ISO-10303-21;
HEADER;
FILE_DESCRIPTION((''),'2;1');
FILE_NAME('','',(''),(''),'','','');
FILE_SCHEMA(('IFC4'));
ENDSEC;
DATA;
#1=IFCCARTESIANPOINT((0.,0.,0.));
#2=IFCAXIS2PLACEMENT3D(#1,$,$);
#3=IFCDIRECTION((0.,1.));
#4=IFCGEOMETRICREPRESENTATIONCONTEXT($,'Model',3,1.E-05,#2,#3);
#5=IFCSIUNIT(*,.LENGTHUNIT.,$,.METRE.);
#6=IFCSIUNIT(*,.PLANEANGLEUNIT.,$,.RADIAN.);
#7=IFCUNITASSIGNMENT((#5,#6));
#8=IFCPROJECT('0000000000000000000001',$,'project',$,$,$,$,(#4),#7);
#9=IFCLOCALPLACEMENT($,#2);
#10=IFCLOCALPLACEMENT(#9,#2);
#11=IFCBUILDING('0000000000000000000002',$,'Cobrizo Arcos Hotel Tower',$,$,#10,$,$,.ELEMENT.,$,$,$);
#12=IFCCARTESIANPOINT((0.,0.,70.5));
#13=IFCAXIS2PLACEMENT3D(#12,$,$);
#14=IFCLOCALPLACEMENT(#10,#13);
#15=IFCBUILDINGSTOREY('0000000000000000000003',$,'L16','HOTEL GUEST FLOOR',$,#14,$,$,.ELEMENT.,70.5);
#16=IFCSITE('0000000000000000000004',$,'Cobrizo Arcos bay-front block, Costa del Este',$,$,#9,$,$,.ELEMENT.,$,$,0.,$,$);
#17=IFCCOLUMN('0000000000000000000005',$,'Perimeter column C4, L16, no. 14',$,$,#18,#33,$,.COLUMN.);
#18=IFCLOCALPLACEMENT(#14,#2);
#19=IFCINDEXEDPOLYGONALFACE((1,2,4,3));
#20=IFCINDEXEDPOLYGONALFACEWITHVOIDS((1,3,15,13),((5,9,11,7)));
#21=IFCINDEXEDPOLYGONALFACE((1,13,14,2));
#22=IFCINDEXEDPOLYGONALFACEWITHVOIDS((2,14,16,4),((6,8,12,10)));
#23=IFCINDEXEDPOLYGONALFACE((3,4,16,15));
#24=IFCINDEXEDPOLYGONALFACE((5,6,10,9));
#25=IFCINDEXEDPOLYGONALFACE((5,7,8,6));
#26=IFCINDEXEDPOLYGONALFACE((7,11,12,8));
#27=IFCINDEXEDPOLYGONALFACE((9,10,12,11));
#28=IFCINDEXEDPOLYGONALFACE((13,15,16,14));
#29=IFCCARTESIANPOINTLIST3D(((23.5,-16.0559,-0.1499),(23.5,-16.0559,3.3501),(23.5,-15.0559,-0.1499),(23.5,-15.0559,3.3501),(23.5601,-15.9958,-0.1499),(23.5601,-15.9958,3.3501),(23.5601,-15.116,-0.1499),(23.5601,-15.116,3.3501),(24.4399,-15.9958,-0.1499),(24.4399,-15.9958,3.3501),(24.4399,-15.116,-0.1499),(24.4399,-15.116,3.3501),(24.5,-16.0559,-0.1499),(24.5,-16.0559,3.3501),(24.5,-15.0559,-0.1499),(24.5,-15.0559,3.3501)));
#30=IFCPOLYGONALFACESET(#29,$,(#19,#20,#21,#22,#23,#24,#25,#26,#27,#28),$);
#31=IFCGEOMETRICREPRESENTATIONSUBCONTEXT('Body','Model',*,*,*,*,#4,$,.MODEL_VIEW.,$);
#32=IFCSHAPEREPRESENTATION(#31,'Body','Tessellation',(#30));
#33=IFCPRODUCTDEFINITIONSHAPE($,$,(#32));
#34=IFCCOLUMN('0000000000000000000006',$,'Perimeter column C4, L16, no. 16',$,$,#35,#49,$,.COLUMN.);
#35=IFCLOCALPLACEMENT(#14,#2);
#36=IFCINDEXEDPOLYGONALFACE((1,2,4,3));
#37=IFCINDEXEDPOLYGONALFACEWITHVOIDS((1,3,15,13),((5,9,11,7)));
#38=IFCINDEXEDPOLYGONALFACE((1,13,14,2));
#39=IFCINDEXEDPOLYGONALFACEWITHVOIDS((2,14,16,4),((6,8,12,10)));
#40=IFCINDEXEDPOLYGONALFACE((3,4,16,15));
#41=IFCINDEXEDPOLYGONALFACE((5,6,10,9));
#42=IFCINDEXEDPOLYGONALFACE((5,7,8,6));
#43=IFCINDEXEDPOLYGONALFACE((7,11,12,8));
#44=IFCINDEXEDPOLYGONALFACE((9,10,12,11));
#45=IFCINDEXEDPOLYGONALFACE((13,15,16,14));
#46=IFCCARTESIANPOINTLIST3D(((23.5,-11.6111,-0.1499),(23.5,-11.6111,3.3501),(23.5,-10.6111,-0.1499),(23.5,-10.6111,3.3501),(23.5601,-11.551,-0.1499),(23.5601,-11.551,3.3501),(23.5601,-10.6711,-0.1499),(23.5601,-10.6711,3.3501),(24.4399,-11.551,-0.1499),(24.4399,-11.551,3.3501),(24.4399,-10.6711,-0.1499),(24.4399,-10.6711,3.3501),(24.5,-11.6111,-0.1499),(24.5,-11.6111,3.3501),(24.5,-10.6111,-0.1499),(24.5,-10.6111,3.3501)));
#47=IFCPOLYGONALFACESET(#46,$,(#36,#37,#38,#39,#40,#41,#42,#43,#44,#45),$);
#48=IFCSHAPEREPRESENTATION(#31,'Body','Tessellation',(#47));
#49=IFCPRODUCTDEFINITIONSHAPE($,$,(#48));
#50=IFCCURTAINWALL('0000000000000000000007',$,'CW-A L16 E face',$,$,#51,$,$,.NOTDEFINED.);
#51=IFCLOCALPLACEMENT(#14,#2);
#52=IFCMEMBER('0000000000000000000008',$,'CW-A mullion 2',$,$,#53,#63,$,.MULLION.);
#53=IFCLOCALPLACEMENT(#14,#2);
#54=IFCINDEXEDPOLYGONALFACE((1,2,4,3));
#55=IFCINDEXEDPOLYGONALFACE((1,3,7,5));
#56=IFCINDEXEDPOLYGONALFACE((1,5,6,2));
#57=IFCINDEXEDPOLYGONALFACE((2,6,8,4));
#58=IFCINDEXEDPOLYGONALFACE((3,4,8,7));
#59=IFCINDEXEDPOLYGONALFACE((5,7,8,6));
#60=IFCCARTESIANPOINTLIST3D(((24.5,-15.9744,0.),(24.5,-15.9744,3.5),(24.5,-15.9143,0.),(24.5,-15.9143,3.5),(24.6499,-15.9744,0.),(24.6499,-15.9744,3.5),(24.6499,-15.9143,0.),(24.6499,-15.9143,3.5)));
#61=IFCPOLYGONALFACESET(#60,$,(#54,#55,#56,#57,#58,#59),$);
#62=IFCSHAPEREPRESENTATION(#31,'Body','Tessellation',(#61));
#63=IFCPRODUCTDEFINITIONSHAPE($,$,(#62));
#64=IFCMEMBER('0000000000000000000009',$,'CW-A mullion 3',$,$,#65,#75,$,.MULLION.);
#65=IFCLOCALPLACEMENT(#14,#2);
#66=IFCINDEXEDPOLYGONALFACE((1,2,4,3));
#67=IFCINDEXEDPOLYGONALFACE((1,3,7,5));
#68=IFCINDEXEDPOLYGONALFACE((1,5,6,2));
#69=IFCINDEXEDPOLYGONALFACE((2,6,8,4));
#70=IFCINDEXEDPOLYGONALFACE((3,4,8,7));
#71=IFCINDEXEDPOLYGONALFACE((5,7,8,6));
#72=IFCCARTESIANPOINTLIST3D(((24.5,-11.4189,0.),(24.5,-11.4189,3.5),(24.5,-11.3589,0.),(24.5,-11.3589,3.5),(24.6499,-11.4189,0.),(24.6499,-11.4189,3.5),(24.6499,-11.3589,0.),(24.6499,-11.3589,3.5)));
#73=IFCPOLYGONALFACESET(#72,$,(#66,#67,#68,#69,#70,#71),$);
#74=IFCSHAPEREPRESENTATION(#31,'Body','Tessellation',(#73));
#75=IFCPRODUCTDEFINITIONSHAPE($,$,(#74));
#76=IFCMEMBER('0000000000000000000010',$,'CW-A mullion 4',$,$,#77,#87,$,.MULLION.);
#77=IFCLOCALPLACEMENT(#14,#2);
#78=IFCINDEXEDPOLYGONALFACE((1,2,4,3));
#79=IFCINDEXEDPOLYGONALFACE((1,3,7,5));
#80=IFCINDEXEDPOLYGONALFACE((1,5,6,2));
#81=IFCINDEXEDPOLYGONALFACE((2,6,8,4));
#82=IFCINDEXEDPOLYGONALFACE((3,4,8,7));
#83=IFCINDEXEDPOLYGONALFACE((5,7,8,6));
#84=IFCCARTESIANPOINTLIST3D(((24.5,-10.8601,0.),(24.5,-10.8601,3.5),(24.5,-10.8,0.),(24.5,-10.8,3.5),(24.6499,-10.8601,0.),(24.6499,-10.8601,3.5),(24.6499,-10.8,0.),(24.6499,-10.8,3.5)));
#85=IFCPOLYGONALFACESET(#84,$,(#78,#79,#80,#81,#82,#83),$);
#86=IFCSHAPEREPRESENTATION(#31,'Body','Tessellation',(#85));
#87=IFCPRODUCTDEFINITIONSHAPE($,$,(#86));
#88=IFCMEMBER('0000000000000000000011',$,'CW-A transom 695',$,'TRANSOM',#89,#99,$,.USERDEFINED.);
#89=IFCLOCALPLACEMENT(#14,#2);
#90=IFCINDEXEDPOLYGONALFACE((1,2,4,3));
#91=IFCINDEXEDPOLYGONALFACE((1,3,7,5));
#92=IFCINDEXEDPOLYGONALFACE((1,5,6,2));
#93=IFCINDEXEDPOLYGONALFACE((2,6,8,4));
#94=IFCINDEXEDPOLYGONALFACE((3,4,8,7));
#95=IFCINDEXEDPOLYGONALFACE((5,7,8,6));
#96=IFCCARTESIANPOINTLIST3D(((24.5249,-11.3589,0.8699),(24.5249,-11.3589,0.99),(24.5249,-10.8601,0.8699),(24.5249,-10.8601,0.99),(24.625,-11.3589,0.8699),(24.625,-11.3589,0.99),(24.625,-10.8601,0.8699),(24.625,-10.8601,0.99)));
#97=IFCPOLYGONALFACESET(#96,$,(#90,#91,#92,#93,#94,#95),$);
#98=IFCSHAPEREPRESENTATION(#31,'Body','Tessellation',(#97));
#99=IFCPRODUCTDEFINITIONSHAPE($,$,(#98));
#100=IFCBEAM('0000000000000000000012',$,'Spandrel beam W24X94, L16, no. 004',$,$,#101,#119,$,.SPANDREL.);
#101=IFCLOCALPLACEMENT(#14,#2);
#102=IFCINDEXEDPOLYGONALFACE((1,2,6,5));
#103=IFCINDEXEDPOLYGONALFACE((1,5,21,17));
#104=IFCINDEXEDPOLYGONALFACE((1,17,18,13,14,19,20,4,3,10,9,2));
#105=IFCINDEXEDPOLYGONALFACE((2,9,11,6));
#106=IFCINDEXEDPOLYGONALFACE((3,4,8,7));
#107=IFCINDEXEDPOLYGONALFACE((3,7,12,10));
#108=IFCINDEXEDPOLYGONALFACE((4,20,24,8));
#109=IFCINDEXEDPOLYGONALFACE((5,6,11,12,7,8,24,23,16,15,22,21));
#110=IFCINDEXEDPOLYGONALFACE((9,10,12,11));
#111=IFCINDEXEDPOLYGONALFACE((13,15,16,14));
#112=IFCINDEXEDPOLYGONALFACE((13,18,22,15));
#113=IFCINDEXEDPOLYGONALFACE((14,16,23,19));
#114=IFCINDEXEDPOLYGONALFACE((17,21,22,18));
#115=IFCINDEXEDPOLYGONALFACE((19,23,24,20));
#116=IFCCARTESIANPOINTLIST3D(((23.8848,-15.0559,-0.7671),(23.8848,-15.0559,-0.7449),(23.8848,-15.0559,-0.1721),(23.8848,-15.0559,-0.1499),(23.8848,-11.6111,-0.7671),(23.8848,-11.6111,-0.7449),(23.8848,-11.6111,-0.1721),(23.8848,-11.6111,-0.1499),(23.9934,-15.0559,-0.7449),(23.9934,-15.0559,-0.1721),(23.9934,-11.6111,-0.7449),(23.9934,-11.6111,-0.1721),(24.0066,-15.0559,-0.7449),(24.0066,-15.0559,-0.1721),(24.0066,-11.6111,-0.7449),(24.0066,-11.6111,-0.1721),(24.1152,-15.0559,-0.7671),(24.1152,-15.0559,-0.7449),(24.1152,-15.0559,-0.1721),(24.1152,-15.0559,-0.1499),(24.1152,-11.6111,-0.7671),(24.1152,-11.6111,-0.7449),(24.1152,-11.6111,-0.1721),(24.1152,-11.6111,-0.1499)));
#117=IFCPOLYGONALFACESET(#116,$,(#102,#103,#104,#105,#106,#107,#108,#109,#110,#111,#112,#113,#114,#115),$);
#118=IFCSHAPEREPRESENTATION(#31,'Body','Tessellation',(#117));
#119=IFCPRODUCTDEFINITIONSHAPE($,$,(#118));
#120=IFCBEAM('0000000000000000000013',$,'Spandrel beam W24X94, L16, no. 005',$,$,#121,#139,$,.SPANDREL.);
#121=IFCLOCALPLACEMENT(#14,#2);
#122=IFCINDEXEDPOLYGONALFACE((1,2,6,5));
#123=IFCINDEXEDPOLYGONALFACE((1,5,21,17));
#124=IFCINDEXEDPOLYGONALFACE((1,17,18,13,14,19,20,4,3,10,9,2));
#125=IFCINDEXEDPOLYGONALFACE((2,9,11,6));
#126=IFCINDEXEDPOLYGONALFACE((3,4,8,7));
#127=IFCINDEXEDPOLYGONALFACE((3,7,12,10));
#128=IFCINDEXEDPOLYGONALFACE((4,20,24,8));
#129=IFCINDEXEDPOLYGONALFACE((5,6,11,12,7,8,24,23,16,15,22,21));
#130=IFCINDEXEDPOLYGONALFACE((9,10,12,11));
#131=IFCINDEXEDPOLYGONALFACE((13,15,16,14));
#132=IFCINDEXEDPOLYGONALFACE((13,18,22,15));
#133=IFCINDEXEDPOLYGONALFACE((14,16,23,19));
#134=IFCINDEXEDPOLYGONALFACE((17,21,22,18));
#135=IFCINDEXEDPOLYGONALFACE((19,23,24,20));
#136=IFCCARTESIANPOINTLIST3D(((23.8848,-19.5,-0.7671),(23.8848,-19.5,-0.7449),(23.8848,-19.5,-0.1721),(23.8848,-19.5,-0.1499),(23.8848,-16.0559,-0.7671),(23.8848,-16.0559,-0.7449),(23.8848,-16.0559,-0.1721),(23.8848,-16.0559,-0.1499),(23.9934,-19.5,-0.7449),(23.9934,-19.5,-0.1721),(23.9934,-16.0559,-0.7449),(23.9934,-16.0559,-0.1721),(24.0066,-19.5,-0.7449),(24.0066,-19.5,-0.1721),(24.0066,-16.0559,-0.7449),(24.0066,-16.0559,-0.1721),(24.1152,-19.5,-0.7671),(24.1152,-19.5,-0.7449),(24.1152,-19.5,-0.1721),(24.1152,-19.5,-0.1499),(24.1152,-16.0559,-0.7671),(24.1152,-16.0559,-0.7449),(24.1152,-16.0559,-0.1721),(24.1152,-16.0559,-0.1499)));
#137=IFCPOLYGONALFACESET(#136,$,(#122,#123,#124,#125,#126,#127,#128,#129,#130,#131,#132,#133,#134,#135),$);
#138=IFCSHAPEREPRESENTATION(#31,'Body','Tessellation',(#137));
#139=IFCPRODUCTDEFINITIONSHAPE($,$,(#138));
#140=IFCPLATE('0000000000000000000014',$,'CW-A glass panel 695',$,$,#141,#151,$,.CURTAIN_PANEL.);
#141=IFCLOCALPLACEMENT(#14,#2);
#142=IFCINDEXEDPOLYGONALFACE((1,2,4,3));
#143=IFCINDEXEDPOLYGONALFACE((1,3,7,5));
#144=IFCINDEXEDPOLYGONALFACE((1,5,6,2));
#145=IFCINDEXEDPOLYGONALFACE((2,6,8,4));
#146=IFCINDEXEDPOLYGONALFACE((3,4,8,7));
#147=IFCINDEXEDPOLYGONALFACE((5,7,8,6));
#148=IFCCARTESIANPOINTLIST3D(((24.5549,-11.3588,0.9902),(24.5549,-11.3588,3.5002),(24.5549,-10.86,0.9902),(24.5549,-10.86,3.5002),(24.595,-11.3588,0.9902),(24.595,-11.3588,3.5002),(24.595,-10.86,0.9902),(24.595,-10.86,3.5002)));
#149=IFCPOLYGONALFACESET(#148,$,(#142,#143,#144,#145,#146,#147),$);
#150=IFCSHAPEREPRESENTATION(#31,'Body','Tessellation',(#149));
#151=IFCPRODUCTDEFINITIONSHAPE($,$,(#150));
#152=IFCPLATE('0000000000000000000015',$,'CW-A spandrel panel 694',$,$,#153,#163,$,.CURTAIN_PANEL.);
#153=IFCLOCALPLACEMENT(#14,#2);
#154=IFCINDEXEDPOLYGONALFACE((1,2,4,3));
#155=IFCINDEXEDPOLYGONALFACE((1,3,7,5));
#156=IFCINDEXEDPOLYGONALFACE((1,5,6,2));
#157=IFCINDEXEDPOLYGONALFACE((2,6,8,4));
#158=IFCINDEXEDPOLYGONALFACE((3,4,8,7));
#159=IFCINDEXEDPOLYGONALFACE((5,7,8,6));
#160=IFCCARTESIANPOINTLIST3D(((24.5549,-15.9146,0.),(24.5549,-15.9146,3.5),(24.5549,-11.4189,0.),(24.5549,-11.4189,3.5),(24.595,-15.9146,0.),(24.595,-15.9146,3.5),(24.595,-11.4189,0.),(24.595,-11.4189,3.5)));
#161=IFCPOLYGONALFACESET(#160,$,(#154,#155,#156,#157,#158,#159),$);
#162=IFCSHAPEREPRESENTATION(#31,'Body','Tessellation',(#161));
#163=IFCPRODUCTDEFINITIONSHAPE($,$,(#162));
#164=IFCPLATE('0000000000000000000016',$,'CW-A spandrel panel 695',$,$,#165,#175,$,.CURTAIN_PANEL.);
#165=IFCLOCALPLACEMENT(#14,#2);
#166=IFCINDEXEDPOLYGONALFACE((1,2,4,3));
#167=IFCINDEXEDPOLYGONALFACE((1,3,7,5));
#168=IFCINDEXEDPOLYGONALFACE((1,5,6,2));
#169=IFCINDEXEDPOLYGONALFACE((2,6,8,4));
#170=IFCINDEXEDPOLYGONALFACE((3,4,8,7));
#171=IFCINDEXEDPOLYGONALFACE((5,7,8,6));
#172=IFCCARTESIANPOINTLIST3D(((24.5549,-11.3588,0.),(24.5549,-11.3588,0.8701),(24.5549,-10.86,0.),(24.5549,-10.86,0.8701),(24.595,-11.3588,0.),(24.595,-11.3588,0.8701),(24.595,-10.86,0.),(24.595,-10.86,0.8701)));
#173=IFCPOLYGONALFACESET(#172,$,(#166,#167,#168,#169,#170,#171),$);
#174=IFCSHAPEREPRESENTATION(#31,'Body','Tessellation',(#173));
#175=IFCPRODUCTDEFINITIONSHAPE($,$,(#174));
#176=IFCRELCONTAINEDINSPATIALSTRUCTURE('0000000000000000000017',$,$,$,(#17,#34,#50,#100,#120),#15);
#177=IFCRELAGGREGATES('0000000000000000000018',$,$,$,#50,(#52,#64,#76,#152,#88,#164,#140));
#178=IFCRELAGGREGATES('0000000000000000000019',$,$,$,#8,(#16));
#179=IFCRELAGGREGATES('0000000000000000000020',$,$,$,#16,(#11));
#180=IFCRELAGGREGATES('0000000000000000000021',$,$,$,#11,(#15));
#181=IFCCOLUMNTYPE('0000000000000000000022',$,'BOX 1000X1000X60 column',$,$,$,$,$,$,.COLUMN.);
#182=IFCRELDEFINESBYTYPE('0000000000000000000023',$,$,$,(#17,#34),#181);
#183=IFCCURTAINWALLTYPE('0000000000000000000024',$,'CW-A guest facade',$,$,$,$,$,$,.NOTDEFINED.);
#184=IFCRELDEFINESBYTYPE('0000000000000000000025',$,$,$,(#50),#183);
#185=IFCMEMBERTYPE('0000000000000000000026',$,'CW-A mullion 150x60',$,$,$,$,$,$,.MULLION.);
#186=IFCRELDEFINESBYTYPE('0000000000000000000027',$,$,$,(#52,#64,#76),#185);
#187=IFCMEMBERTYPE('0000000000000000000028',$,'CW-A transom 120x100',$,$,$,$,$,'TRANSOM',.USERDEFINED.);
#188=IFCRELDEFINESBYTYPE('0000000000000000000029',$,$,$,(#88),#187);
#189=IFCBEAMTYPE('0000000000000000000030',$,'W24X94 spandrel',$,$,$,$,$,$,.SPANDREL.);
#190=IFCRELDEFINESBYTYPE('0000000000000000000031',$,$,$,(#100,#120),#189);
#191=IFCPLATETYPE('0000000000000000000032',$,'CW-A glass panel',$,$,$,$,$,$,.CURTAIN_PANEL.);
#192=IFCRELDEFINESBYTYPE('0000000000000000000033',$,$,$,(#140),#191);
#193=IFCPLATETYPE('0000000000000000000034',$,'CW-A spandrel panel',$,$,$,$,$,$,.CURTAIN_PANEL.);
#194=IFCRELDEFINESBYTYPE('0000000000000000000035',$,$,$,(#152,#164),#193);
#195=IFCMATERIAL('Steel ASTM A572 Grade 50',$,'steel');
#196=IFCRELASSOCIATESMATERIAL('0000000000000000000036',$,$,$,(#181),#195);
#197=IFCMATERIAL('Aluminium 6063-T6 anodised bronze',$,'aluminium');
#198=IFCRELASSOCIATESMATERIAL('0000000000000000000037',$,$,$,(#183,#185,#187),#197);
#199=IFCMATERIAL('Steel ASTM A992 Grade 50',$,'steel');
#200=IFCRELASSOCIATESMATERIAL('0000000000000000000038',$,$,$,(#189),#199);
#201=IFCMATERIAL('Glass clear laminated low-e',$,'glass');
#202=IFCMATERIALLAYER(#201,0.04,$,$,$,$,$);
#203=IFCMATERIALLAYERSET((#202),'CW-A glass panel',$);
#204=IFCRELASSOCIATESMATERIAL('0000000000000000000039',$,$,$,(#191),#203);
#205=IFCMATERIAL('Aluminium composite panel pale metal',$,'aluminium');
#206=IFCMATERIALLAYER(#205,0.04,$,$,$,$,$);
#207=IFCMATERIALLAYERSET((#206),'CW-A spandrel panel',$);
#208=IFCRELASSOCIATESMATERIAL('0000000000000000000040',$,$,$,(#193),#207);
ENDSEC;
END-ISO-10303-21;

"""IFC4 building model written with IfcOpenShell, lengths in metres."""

from ifc_helpers import new_model, si_unit, direction, frame, origin, origin_2d, place, context, subcontext, project, spatial, rectangle, hollow_rectangle, i_section, extrude, material, layer, layer_set, material_profile, profile_set, type_object, element, aggregate, save


model = new_model("IFC4")

# Units and contexts
model_context = context("Model", 3, precision=1e-05, world=origin(), true_north=direction((0.0, 1.0)))
body_context = subcontext(model_context, "Body", "Model", "MODEL_VIEW")
ifc_project = project(units=[si_unit("LENGTHUNIT", "METRE"), si_unit("PLANEANGLEUNIT", "RADIAN")], contexts=[model_context])

# Site, building, storey
site_placement = place(None, origin())
site = spatial("IfcSite", under=ifc_project, at=site_placement, Name="Cobrizo Arcos bay-front block, Costa del Este", CompositionType="ELEMENT", RefElevation=0.0)
building_placement = place(site_placement, origin())
building = spatial("IfcBuilding", under=site, at=building_placement, Name="Cobrizo Arcos Hotel Tower", CompositionType="ELEMENT")
storey_placement = place(building_placement, frame((0.0, 0.0, 70.5)))
storey = spatial("IfcBuildingStorey", under=building, at=storey_placement, Name="L16", Description="HOTEL GUEST FLOOR", CompositionType="ELEMENT", Elevation=70.5)

# Columns
ifc_material_1 = material(Name="Steel ASTM A572 Grade 50", Category="steel")
ifc_material_profile_1 = material_profile(ifc_material_1, hollow_rectangle(XDim=1.0, YDim=1.0, WallThickness=0.0601, at=origin_2d()), Name="BOX 1000X1000X60")
ifc_profile_set_1 = profile_set([ifc_material_profile_1], Name="Steel ASTM A572 Grade 50")
column_type = type_object("IfcColumnType", Name="BOX 1000X1000X60 column", PredefinedType="COLUMN", material=ifc_profile_set_1)
for number, where, z_axis, x_axis, name in (
    (1, (24.0, -15.5559, -0.1499), (0.0, 0.0, 1.0), (1.0, 0.0, 0.0), "Perimeter column C4, L16, no. 14"),
    (2, (24.0, -11.1111, -0.1499), (0.0, 0.0, 1.0), (1.0, 0.0, 0.0), "Perimeter column C4, L16, no. 16"),
):
    element("IfcColumn", number, at=place(storey_placement, frame(where, z_axis=z_axis, x_axis=x_axis)), inside=storey, type_object=column_type, Name=name, PredefinedType="COLUMN", context=body_context, shape_type="SweptSolid", body=[
        extrude(hollow_rectangle(XDim=1.0, YDim=1.0, WallThickness=0.0601, at=origin_2d()), origin(), (0.0, 0.0, 1.0), 3.5),
    ])

# Curtain wall, members
ifc_material_2 = material(Name="Aluminium 6063-T6 anodised bronze", Category="aluminium")
curtain_wall_type = type_object("IfcCurtainWallType", Name="CW-A guest facade", PredefinedType="NOTDEFINED", material=ifc_material_2)
curtain_wall_placement = place(storey_placement, origin())
curtain_wall = element("IfcCurtainWall", 3, at=curtain_wall_placement, inside=storey, type_object=curtain_wall_type, Name="CW-A L16 E face", PredefinedType="NOTDEFINED")
ifc_material_profile_2 = material_profile(ifc_material_2, rectangle(XDim=0.1499, YDim=0.0601, at=origin_2d()), Name="CW-A mullion 150x60")
ifc_profile_set_2 = profile_set([ifc_material_profile_2], Name="Aluminium 6063-T6 anodised bronze")
member_type_1 = type_object("IfcMemberType", Name="CW-A mullion 150x60", PredefinedType="MULLION", material=ifc_profile_set_2)
member_1_placement = place(storey_placement, frame((24.575, -15.9443, 0.0), z_axis=(0.0, 0.0, 1.0), x_axis=(1.0, 0.0, 0.0)))
member_1 = element("IfcMember", 4, at=member_1_placement, type_object=member_type_1, Name="CW-A mullion 2", PredefinedType="MULLION", context=body_context, shape_type="SweptSolid", body=[
    extrude(rectangle(XDim=0.1499, YDim=0.0601, at=origin_2d()), origin(), (0.0, 0.0, 1.0), 3.5),
])
member_2_placement = place(storey_placement, frame((24.575, -11.3889, 0.0), z_axis=(0.0, 0.0, 1.0), x_axis=(1.0, 0.0, 0.0)))
member_2 = element("IfcMember", 5, at=member_2_placement, type_object=member_type_1, Name="CW-A mullion 3", PredefinedType="MULLION", context=body_context, shape_type="SweptSolid", body=[
    extrude(rectangle(XDim=0.1499, YDim=0.0601, at=origin_2d()), origin(), (0.0, 0.0, 1.0), 3.5),
])
member_3_placement = place(storey_placement, frame((24.575, -10.8301, 0.0), z_axis=(0.0, 0.0, 1.0), x_axis=(1.0, 0.0, 0.0)))
member_3 = element("IfcMember", 6, at=member_3_placement, type_object=member_type_1, Name="CW-A mullion 4", PredefinedType="MULLION", context=body_context, shape_type="SweptSolid", body=[
    extrude(rectangle(XDim=0.1499, YDim=0.0601, at=origin_2d()), origin(), (0.0, 0.0, 1.0), 3.5),
])
ifc_material_profile_3 = material_profile(ifc_material_2, rectangle(XDim=0.1001, YDim=0.1201, at=origin_2d()), Name="CW-A transom 120x100")
ifc_profile_set_3 = profile_set([ifc_material_profile_3], Name="Aluminium 6063-T6 anodised bronze")
member_type_2 = type_object("IfcMemberType", Name="CW-A transom 120x100", ElementType="TRANSOM", PredefinedType="USERDEFINED", material=ifc_profile_set_3)
member_4_placement = place(storey_placement, frame((24.575, -11.3589, 0.9299), z_axis=(0.0, 1.0, 0.0), x_axis=(-1.0, 0.0, 0.0)))
member_4 = element("IfcMember", 7, at=member_4_placement, type_object=member_type_2, Name="CW-A transom 695", ObjectType="TRANSOM", PredefinedType="USERDEFINED", context=body_context, shape_type="SweptSolid", body=[
    extrude(rectangle(XDim=0.1001, YDim=0.1201, at=origin_2d()), origin(), (0.0, 0.0, 1.0), 0.4988),
])

# Beams
ifc_material_3 = material(Name="Steel ASTM A992 Grade 50", Category="steel")
ifc_material_profile_4 = material_profile(ifc_material_3, i_section(OverallWidth=0.2305, OverallDepth=0.6172, WebThickness=0.0132, FlangeThickness=0.0222, at=origin_2d()), Name="W24X94")
ifc_profile_set_4 = profile_set([ifc_material_profile_4], Name="Steel ASTM A992 Grade 50")
beam_type = type_object("IfcBeamType", Name="W24X94 spandrel", PredefinedType="SPANDREL", material=ifc_profile_set_4)
beam_1_placement = place(storey_placement, frame((24.0, -11.6111, -0.4585), z_axis=(0.0, -1.0, 0.0), x_axis=(1.0, 0.0, 0.0)))
element("IfcBeam", 8, at=beam_1_placement, inside=storey, type_object=beam_type, Name="Spandrel beam W24X94, L16, no. 004", PredefinedType="SPANDREL", context=body_context, shape_type="SweptSolid", body=[
    extrude(i_section(OverallWidth=0.2305, OverallDepth=0.6172, WebThickness=0.0132, FlangeThickness=0.0222, at=origin_2d()), origin(), (0.0, 0.0, 1.0), 3.4448),
])
beam_2_placement = place(storey_placement, frame((24.0, -16.0559, -0.4585), z_axis=(0.0, -1.0, 0.0), x_axis=(1.0, 0.0, 0.0)))
element("IfcBeam", 9, at=beam_2_placement, inside=storey, type_object=beam_type, Name="Spandrel beam W24X94, L16, no. 005", PredefinedType="SPANDREL", context=body_context, shape_type="SweptSolid", body=[
    extrude(i_section(OverallWidth=0.2305, OverallDepth=0.6172, WebThickness=0.0132, FlangeThickness=0.0222, at=origin_2d()), origin(), (0.0, 0.0, 1.0), 3.4441),
])

# Plates
ifc_material_4 = material(Name="Glass clear laminated low-e", Category="glass")
ifc_layer_1 = layer(ifc_material_4, 0.04)
ifc_layer_set_1 = layer_set([ifc_layer_1], Name="CW-A glass panel")
plate_type_1 = type_object("IfcPlateType", Name="CW-A glass panel", PredefinedType="CURTAIN_PANEL", material=ifc_layer_set_1)
plate_1_placement = place(storey_placement, frame((24.575, -11.1094, 0.9902), z_axis=(0.0, 0.0, 1.0), x_axis=(0.0, 1.0, 0.0)))
plate_1 = element("IfcPlate", 10, at=plate_1_placement, type_object=plate_type_1, Name="CW-A glass panel 695", PredefinedType="CURTAIN_PANEL", context=body_context, shape_type="SweptSolid", body=[
    extrude(rectangle(XDim=0.4988, YDim=0.04, at=origin_2d()), origin(), (0.0, 0.0, 1.0), 2.51),
])
ifc_material_5 = material(Name="Aluminium composite panel pale metal", Category="aluminium")
ifc_layer_2 = layer(ifc_material_5, 0.04)
ifc_layer_set_2 = layer_set([ifc_layer_2], Name="CW-A spandrel panel")
plate_type_2 = type_object("IfcPlateType", Name="CW-A spandrel panel", PredefinedType="CURTAIN_PANEL", material=ifc_layer_set_2)
plate_2_placement = place(storey_placement, frame((24.575, -13.6667, 0.0), z_axis=(0.0, 0.0, 1.0), x_axis=(0.0, 1.0, 0.0)))
plate_2 = element("IfcPlate", 11, at=plate_2_placement, type_object=plate_type_2, Name="CW-A spandrel panel 694", PredefinedType="CURTAIN_PANEL", context=body_context, shape_type="SweptSolid", body=[
    extrude(rectangle(XDim=4.4956, YDim=0.04, at=origin_2d()), origin(), (0.0, 0.0, 1.0), 3.5),
])
plate_3_placement = place(storey_placement, frame((24.575, -11.1094, 0.0), z_axis=(0.0, 0.0, 1.0), x_axis=(0.0, 1.0, 0.0)))
plate_3 = element("IfcPlate", 12, at=plate_3_placement, type_object=plate_type_2, Name="CW-A spandrel panel 695", PredefinedType="CURTAIN_PANEL", context=body_context, shape_type="SweptSolid", body=[
    extrude(rectangle(XDim=0.4988, YDim=0.04, at=origin_2d()), origin(), (0.0, 0.0, 1.0), 0.8701),
])
aggregate(curtain_wall, [member_1, member_2, member_3, plate_2, member_4, plate_3, plate_1])

save(model, "model.ifc")
